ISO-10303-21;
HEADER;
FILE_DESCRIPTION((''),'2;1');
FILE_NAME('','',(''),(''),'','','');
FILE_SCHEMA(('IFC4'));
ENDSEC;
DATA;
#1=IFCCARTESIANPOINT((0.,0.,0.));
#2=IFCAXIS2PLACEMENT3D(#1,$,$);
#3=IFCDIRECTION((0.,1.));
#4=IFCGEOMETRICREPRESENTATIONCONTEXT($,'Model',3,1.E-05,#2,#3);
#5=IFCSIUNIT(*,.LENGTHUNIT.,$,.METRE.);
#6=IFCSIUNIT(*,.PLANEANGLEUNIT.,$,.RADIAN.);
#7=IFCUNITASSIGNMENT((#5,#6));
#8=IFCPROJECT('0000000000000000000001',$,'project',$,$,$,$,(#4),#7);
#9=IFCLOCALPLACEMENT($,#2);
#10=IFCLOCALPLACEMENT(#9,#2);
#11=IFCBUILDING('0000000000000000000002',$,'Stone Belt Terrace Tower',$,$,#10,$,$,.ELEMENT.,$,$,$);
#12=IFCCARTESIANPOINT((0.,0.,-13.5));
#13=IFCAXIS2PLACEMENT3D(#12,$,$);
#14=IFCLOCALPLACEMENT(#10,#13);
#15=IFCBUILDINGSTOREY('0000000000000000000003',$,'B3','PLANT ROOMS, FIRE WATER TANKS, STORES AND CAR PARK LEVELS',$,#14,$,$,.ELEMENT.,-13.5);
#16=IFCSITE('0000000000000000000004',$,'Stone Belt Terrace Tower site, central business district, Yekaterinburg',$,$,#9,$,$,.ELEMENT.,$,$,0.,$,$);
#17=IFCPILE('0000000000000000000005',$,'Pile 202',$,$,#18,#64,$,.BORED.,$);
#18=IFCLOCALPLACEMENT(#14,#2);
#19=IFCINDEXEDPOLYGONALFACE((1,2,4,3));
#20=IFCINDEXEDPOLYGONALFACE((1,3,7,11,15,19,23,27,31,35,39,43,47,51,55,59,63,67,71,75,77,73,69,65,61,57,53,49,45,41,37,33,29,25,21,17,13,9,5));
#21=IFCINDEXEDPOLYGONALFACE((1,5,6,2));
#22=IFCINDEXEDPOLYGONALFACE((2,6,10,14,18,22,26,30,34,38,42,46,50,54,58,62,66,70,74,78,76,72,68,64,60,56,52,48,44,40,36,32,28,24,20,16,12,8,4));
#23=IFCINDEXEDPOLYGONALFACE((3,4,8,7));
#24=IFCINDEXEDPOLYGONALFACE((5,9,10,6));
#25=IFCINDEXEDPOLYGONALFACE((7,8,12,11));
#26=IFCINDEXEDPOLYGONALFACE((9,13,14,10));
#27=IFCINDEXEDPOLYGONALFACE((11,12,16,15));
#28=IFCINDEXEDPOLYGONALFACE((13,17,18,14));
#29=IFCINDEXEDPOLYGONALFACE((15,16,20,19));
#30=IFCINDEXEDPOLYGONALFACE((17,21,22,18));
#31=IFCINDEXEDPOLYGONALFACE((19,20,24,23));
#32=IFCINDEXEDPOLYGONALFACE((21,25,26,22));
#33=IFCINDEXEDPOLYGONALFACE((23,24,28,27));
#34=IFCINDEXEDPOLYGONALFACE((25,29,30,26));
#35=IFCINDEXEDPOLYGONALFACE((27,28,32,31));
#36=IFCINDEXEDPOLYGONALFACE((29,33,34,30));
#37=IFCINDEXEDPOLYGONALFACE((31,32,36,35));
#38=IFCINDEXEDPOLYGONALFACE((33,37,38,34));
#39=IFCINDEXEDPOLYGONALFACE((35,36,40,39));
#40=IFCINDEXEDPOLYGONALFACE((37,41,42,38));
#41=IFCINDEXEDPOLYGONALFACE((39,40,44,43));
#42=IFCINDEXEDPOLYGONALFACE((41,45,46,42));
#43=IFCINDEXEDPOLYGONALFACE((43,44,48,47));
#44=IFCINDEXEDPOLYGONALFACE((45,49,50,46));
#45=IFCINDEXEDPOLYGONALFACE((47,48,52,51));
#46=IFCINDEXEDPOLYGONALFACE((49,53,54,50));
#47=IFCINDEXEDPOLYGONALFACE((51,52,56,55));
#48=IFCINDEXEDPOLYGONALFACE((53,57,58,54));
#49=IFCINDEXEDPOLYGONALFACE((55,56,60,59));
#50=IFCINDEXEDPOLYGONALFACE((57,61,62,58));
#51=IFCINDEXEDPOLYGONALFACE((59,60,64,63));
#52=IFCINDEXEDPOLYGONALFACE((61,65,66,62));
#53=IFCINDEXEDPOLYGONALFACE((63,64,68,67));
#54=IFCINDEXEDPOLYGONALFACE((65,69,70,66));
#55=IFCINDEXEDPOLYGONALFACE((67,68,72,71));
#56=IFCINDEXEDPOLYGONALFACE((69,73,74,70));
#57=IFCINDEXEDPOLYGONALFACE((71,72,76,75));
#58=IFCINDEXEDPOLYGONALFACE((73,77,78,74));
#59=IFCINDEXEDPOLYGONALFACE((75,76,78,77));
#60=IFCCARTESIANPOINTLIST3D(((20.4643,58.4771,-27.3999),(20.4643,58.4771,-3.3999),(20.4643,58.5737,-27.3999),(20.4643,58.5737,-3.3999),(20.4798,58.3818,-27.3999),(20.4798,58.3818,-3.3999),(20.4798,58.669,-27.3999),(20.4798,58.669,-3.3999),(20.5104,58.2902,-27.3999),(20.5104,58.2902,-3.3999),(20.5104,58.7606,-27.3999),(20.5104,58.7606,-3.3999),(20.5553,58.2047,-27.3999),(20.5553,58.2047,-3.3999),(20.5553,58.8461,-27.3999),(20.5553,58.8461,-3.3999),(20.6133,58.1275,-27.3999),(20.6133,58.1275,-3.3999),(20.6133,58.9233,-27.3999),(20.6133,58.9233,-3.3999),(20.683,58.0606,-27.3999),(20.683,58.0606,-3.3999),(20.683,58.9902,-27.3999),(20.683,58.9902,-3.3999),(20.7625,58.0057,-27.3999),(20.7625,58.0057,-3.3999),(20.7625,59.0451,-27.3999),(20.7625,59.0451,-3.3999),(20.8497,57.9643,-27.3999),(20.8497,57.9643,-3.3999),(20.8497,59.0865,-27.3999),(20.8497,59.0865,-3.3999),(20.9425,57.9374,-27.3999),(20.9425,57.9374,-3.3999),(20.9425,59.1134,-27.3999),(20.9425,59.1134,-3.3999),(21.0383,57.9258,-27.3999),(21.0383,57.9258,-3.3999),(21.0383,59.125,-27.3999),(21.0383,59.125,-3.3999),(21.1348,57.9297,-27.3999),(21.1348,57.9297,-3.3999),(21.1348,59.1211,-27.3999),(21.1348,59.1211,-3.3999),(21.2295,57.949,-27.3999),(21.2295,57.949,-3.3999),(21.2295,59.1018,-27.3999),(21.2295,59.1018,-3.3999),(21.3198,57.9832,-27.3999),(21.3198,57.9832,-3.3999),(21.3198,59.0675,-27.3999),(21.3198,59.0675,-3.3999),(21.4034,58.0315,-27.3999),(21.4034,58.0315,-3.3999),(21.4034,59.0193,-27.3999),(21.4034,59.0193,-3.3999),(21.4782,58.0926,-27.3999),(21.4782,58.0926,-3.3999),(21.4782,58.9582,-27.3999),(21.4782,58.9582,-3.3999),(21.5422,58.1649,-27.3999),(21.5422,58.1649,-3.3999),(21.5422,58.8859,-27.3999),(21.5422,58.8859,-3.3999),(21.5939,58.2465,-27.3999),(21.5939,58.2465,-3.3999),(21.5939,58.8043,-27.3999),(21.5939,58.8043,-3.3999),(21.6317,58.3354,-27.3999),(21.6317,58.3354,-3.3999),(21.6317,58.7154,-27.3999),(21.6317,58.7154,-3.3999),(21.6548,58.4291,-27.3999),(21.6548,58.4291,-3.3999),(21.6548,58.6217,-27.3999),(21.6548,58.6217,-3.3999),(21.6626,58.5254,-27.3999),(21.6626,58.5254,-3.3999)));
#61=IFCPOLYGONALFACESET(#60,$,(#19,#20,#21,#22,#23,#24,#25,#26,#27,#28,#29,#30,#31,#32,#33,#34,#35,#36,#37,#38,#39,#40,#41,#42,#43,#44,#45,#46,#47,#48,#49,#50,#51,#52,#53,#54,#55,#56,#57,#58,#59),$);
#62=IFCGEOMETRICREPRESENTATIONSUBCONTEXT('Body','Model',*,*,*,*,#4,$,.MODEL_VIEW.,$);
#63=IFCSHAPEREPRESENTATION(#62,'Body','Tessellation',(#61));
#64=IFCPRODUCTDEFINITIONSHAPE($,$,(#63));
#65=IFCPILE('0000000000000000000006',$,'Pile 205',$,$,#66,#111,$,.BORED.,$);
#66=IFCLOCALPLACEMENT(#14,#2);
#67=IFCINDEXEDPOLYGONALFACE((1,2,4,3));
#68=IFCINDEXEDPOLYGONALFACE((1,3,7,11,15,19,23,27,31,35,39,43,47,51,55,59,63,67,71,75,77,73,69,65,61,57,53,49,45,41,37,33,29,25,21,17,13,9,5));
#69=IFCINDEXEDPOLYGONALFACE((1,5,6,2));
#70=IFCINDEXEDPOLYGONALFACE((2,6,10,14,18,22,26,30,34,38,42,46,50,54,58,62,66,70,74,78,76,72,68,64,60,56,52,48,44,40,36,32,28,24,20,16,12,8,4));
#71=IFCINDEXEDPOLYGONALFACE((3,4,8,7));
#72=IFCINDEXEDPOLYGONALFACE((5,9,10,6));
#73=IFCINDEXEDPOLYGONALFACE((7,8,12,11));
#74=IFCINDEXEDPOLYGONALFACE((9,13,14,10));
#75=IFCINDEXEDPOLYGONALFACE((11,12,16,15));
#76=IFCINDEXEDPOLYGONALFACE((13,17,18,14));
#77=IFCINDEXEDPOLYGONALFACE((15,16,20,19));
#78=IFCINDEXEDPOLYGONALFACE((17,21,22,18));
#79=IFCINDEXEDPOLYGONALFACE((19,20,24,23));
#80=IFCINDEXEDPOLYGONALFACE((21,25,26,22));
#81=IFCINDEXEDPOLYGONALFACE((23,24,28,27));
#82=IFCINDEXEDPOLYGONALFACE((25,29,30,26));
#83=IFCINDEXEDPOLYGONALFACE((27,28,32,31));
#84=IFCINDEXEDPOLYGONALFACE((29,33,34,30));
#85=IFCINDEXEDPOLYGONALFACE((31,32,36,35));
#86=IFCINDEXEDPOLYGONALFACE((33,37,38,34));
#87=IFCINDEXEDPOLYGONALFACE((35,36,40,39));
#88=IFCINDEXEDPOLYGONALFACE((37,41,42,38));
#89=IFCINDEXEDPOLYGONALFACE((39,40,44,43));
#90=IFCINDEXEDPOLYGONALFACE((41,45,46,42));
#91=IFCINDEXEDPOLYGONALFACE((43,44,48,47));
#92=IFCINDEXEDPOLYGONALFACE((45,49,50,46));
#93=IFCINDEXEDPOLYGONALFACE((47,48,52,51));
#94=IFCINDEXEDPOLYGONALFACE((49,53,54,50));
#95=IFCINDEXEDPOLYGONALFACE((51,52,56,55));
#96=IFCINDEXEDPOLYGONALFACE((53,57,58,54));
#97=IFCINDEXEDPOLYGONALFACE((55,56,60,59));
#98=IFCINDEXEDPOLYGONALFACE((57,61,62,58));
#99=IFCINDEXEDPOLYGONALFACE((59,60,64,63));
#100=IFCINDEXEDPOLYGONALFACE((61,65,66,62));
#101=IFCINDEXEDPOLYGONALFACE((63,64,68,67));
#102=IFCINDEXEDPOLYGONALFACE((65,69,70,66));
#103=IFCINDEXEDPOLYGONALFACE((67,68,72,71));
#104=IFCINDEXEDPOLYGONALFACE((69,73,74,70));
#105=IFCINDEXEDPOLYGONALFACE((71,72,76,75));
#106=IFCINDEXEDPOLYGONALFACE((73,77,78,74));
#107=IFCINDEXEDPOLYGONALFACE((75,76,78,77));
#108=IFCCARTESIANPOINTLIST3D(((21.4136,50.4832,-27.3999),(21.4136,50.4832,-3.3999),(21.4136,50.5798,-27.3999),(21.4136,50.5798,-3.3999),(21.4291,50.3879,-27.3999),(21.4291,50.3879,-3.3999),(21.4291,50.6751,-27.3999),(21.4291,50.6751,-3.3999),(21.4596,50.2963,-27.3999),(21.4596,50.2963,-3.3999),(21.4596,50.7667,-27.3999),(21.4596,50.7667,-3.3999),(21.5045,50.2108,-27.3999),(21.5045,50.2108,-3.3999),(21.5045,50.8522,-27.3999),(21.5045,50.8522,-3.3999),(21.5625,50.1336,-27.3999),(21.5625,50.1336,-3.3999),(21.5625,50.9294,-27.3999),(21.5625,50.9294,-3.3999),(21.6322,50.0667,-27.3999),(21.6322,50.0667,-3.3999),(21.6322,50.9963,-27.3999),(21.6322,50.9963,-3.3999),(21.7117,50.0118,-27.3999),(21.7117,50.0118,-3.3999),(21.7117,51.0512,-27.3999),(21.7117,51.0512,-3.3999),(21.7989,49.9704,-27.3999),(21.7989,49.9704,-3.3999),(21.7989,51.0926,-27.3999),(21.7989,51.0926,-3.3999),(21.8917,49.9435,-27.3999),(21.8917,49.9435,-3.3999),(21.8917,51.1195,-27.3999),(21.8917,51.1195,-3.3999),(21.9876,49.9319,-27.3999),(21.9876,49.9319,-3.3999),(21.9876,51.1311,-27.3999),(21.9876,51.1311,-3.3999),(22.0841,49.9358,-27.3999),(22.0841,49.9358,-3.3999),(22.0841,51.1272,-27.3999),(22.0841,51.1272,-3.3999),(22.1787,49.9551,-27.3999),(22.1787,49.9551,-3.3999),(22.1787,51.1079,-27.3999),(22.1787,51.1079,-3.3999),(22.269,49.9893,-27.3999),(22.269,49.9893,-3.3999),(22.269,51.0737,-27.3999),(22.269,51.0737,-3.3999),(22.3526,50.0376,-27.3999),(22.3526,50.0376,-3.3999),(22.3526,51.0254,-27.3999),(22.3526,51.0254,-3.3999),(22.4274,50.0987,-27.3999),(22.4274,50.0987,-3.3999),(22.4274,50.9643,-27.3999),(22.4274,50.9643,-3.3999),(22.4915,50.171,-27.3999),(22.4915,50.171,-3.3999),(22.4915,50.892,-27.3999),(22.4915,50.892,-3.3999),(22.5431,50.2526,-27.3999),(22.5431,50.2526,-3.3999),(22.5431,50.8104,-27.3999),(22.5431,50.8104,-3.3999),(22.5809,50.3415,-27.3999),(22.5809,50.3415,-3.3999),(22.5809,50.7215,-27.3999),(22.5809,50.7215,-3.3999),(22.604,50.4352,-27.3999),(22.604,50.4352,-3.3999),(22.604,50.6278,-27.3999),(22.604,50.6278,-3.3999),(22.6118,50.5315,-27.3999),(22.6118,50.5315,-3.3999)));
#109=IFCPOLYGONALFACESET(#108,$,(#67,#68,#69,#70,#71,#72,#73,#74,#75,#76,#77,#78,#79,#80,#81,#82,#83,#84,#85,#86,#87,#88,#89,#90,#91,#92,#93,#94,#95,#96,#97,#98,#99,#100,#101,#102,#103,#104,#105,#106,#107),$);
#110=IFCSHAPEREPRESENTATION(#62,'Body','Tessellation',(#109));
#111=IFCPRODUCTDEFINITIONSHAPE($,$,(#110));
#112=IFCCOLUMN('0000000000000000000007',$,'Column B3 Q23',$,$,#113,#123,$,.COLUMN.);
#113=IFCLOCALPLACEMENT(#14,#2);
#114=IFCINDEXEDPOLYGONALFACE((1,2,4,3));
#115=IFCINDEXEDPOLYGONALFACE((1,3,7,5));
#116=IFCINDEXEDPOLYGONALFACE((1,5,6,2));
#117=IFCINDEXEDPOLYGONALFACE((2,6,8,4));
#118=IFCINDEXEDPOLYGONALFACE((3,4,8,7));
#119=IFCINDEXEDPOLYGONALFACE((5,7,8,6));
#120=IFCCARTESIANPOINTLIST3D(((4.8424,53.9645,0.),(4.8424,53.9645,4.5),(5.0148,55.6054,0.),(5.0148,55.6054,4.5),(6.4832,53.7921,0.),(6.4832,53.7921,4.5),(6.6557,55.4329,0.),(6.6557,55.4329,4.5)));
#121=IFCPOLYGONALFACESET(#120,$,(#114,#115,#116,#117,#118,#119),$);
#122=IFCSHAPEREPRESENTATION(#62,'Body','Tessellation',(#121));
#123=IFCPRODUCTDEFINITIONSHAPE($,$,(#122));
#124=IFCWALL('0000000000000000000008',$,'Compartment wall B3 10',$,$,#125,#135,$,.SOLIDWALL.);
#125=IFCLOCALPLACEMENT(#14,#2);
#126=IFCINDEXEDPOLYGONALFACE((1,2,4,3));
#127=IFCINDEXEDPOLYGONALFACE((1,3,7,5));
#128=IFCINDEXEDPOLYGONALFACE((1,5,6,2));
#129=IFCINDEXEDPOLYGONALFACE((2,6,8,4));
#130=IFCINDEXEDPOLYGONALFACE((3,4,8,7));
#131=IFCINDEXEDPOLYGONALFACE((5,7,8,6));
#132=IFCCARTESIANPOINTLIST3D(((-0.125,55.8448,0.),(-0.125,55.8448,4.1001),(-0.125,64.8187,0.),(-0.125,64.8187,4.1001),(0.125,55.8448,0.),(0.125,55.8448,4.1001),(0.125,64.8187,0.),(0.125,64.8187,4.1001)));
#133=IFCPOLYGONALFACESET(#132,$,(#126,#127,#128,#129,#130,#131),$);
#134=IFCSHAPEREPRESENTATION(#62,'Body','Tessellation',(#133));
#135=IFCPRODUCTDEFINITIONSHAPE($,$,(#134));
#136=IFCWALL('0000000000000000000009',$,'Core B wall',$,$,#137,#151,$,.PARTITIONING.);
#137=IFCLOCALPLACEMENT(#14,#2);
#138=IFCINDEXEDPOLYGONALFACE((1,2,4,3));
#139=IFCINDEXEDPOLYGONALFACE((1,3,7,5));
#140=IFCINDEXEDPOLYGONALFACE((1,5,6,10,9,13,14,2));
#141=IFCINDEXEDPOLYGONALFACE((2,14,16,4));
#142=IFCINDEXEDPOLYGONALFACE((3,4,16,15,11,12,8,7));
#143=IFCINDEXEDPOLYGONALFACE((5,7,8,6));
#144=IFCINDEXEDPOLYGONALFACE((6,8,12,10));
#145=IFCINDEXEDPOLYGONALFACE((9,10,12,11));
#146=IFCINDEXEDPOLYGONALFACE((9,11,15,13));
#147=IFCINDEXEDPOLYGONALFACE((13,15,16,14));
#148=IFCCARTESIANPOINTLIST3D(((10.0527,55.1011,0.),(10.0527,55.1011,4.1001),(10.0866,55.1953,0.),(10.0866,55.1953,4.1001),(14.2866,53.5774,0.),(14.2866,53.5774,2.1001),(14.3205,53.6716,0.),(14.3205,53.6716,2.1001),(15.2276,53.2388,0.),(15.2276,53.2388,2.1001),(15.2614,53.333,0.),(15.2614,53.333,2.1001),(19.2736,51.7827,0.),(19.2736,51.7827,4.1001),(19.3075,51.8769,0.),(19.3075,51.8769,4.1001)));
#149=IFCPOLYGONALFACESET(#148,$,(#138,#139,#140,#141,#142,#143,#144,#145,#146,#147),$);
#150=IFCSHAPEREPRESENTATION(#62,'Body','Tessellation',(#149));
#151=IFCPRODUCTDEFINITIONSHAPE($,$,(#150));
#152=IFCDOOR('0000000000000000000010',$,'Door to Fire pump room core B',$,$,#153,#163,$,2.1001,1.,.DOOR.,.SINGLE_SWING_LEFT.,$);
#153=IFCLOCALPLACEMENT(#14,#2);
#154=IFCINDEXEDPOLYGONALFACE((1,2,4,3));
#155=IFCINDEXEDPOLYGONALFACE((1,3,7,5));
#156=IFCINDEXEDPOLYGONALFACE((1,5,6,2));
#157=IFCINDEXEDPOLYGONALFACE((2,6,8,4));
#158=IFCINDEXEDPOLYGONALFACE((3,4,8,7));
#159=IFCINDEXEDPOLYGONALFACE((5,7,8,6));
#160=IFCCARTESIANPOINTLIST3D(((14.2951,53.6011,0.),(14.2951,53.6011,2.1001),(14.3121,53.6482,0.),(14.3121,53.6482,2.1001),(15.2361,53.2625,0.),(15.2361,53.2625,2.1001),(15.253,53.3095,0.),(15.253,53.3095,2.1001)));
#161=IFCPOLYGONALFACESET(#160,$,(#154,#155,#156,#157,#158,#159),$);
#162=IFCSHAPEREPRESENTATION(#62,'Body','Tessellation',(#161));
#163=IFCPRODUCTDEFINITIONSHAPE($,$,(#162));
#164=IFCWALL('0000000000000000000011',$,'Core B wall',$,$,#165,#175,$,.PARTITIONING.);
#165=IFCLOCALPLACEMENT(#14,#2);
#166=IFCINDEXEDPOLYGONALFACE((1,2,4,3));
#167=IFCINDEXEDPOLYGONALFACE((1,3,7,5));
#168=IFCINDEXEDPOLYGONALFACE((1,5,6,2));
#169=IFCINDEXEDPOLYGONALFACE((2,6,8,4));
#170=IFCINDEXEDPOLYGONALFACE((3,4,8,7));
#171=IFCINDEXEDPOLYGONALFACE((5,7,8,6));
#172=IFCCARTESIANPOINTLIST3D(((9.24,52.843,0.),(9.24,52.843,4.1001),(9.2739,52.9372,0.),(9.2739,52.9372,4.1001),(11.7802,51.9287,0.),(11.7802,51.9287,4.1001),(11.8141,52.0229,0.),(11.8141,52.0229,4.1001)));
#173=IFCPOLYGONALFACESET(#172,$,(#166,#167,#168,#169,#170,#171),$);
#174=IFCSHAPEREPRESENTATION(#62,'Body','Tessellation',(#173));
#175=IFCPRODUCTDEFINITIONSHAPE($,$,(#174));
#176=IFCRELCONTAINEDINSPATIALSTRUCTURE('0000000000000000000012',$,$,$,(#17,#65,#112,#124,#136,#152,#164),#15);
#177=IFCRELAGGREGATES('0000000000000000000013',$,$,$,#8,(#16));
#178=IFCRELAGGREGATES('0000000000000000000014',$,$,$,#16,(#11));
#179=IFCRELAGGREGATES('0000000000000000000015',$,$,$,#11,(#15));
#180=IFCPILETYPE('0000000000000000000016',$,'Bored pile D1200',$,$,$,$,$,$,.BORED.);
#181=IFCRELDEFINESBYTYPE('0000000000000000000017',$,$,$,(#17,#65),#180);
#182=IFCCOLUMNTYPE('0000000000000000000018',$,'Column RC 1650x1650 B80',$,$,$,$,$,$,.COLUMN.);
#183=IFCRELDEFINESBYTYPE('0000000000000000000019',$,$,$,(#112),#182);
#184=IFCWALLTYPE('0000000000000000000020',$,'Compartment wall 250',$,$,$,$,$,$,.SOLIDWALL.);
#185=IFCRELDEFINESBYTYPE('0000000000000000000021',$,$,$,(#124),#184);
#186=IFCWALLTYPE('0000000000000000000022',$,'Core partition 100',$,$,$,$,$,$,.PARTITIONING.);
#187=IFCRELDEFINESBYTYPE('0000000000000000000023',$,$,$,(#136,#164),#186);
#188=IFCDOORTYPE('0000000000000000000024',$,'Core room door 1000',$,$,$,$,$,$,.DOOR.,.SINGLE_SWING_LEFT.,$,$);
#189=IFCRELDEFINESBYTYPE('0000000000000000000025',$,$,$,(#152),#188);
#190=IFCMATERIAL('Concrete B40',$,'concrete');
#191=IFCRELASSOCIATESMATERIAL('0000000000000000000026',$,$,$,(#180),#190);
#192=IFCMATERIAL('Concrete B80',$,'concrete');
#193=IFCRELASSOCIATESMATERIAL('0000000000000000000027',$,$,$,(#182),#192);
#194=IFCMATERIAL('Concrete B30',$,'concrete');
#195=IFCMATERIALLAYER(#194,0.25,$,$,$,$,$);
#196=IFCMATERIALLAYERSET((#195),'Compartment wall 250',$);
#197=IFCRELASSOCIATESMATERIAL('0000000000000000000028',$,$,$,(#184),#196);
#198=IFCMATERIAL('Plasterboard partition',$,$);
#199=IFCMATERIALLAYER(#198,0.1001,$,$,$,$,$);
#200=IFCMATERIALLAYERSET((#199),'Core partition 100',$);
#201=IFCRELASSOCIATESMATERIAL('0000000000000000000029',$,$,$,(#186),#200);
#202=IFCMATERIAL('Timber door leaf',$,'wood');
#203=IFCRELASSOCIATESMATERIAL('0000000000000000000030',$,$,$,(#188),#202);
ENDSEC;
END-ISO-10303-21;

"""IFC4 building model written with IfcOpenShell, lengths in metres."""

from ifc_helpers import new_model, si_unit, direction, frame, frame_2d, origin, origin_2d, place, context, subcontext, project, spatial, rectangle, circle, extrude, material, layer, layer_set, material_profile, profile_set, type_object, element, fill, save


model = new_model("IFC4")

# Units and contexts
model_context = context("Model", 3, precision=1e-05, world=origin(), true_north=direction((0.0, 1.0)))
body_context = subcontext(model_context, "Body", "Model", "MODEL_VIEW")
ifc_project = project(units=[si_unit("LENGTHUNIT", "METRE"), si_unit("PLANEANGLEUNIT", "RADIAN")], contexts=[model_context])

# Site, building, storey
site_placement = place(None, origin())
site = spatial("IfcSite", under=ifc_project, at=site_placement, Name="Stone Belt Terrace Tower site, central business district, Yekaterinburg", CompositionType="ELEMENT", RefElevation=0.0)
building_placement = place(site_placement, origin())
building = spatial("IfcBuilding", under=site, at=building_placement, Name="Stone Belt Terrace Tower", CompositionType="ELEMENT")
storey_placement = place(building_placement, frame((0.0, 0.0, -13.5)))
storey = spatial("IfcBuildingStorey", under=building, at=storey_placement, Name="B3", Description="PLANT ROOMS, FIRE WATER TANKS, STORES AND CAR PARK LEVELS", CompositionType="ELEMENT", Elevation=-13.5)

# Piles
ifc_material_1 = material(Name="Concrete B40", Category="concrete")
ifc_material_profile_1 = material_profile(ifc_material_1, circle(Radius=0.6001, at=origin_2d()), Name="PILE D1200")
ifc_profile_set_1 = profile_set([ifc_material_profile_1], Name="Concrete B40")
pile_type = type_object("IfcPileType", Name="Bored pile D1200", PredefinedType="BORED", material=ifc_profile_set_1)
for number, where, z_axis, x_axis, name in (
    (1, (21.0625, 58.5254, -3.3999), (0.0, 0.0, -1.0), (1.0, 0.0, 0.0), "Pile 202"),
    (2, (22.0117, 50.5315, -3.3999), (0.0, 0.0, -1.0), (1.0, 0.0, 0.0), "Pile 205"),
):
    element("IfcPile", number, at=place(storey_placement, frame(where, z_axis=z_axis, x_axis=x_axis)), inside=storey, type_object=pile_type, Name=name, PredefinedType="BORED", context=body_context, shape_type="SweptSolid", body=[
        extrude(circle(Radius=0.6001, at=origin_2d()), origin(), (0.0, 0.0, 1.0), 24.0),
    ])

# Column
ifc_material_2 = material(Name="Concrete B80", Category="concrete")
ifc_material_profile_2 = material_profile(ifc_material_2, rectangle(XDim=1.6499, YDim=1.6499, at=origin_2d()), Name="RC 1650x1650")
ifc_profile_set_2 = profile_set([ifc_material_profile_2], Name="Concrete B80")
column_type = type_object("IfcColumnType", Name="Column RC 1650x1650 B80", PredefinedType="COLUMN", material=ifc_profile_set_2)
column_placement = place(storey_placement, frame((5.749, 54.6987, 0.0), z_axis=(0.0, 0.0, 1.0), x_axis=(0.994522, -0.104528, 0.0)))
element("IfcColumn", 3, at=column_placement, inside=storey, type_object=column_type, Name="Column B3 Q23", PredefinedType="COLUMN", context=body_context, shape_type="SweptSolid", body=[
    extrude(rectangle(XDim=1.6499, YDim=1.6499, at=origin_2d()), origin(), (0.0, 0.0, 1.0), 4.5),
])

# Wall
ifc_material_3 = material(Name="Concrete B30", Category="concrete")
ifc_layer_1 = layer(ifc_material_3, 0.25)
ifc_layer_set_1 = layer_set([ifc_layer_1], Name="Compartment wall 250")
wall_type_1 = type_object("IfcWallType", Name="Compartment wall 250", PredefinedType="SOLIDWALL", material=ifc_layer_set_1)
wall_1_placement = place(storey_placement, frame((0.0, 55.845, 0.0), z_axis=(0.0, 0.0, 1.0), x_axis=(0.0, 1.0, 0.0)))
element("IfcWall", 4, at=wall_1_placement, inside=storey, type_object=wall_type_1, Name="Compartment wall B3 10", PredefinedType="SOLIDWALL", context=body_context, shape_type="SweptSolid", body=[
    extrude(rectangle(XDim=8.9739, YDim=0.25, at=frame_2d((4.4868, 0.0))), origin(), (0.0, 0.0, 1.0), 4.1001),
])

# Wall, opening, door
ifc_material_4 = material(Name="Plasterboard partition")
ifc_layer_2 = layer(ifc_material_4, 0.1001)
ifc_layer_set_2 = layer_set([ifc_layer_2], Name="Core partition 100")
wall_type_2 = type_object("IfcWallType", Name="Core partition 100", PredefinedType="PARTITIONING", material=ifc_layer_set_2)
wall_2_placement = place(storey_placement, frame((19.2905, 51.8298, 0.0), z_axis=(0.0, 0.0, 1.0), x_axis=(-0.940926, 0.338613, 0.0)))
wall_2 = element("IfcWall", 5, at=wall_2_placement, inside=storey, type_object=wall_type_2, Name="Core B wall", PredefinedType="PARTITIONING", context=body_context, shape_type="SweptSolid", body=[
    extrude(rectangle(XDim=9.7998, YDim=0.1001, at=frame_2d((4.8999, 0.0))), origin(), (0.0, 0.0, 1.0), 4.1001),
])
opening_1_placement = place(wall_2_placement, frame((4.3, 0.0, 0.0)))
opening_1 = element("IfcOpeningElement", 6, at=opening_1_placement, cuts=wall_2, PredefinedType="OPENING", context=body_context, shape_type="SweptSolid", body=[
    extrude(rectangle(XDim=1.0, YDim=2.1001, at=frame_2d((0.5, 1.05))), frame((0.0, 0.0601, 0.0), z_axis=(0.0, -1.0, 0.0), x_axis=(1.0, 0.0, 0.0)), (0.0, 0.0, 1.0), 0.1201),
])
ifc_material_5 = material(Name="Timber door leaf", Category="wood")
door_type_1 = type_object("IfcDoorType", Name="Core room door 1000", OperationType="SINGLE_SWING_LEFT", PredefinedType="DOOR", material=ifc_material_5)
door_1_placement = place(opening_1_placement, origin())
door_1 = element("IfcDoor", 7, at=door_1_placement, inside=storey, type_object=door_type_1, Name="Door to Fire pump room core B", OperationType="SINGLE_SWING_LEFT", OverallHeight=2.1001, OverallWidth=1.0, PredefinedType="DOOR", context=body_context, shape_type="SweptSolid", body=[
    extrude(rectangle(XDim=1.0, YDim=2.1001, at=frame_2d((0.5, 1.05))), frame((0.0, 0.0249, 0.0), z_axis=(0.0, -1.0, 0.0), x_axis=(1.0, 0.0, 0.0)), (0.0, 0.0, 1.0), 0.05),
])
fill(opening_1, door_1)

# Wall
wall_3_placement = place(storey_placement, frame((11.7971, 51.9758, 0.0), z_axis=(0.0, 0.0, 1.0), x_axis=(-0.94091, 0.338655, 0.0)))
element("IfcWall", 8, at=wall_3_placement, inside=storey, type_object=wall_type_2, Name="Core B wall", PredefinedType="PARTITIONING", context=body_context, shape_type="SweptSolid", body=[
    extrude(rectangle(XDim=2.6997, YDim=0.1001, at=frame_2d((1.3499, 0.0))), origin(), (0.0, 0.0, 1.0), 4.1001),
])

save(model, "model.ifc")
